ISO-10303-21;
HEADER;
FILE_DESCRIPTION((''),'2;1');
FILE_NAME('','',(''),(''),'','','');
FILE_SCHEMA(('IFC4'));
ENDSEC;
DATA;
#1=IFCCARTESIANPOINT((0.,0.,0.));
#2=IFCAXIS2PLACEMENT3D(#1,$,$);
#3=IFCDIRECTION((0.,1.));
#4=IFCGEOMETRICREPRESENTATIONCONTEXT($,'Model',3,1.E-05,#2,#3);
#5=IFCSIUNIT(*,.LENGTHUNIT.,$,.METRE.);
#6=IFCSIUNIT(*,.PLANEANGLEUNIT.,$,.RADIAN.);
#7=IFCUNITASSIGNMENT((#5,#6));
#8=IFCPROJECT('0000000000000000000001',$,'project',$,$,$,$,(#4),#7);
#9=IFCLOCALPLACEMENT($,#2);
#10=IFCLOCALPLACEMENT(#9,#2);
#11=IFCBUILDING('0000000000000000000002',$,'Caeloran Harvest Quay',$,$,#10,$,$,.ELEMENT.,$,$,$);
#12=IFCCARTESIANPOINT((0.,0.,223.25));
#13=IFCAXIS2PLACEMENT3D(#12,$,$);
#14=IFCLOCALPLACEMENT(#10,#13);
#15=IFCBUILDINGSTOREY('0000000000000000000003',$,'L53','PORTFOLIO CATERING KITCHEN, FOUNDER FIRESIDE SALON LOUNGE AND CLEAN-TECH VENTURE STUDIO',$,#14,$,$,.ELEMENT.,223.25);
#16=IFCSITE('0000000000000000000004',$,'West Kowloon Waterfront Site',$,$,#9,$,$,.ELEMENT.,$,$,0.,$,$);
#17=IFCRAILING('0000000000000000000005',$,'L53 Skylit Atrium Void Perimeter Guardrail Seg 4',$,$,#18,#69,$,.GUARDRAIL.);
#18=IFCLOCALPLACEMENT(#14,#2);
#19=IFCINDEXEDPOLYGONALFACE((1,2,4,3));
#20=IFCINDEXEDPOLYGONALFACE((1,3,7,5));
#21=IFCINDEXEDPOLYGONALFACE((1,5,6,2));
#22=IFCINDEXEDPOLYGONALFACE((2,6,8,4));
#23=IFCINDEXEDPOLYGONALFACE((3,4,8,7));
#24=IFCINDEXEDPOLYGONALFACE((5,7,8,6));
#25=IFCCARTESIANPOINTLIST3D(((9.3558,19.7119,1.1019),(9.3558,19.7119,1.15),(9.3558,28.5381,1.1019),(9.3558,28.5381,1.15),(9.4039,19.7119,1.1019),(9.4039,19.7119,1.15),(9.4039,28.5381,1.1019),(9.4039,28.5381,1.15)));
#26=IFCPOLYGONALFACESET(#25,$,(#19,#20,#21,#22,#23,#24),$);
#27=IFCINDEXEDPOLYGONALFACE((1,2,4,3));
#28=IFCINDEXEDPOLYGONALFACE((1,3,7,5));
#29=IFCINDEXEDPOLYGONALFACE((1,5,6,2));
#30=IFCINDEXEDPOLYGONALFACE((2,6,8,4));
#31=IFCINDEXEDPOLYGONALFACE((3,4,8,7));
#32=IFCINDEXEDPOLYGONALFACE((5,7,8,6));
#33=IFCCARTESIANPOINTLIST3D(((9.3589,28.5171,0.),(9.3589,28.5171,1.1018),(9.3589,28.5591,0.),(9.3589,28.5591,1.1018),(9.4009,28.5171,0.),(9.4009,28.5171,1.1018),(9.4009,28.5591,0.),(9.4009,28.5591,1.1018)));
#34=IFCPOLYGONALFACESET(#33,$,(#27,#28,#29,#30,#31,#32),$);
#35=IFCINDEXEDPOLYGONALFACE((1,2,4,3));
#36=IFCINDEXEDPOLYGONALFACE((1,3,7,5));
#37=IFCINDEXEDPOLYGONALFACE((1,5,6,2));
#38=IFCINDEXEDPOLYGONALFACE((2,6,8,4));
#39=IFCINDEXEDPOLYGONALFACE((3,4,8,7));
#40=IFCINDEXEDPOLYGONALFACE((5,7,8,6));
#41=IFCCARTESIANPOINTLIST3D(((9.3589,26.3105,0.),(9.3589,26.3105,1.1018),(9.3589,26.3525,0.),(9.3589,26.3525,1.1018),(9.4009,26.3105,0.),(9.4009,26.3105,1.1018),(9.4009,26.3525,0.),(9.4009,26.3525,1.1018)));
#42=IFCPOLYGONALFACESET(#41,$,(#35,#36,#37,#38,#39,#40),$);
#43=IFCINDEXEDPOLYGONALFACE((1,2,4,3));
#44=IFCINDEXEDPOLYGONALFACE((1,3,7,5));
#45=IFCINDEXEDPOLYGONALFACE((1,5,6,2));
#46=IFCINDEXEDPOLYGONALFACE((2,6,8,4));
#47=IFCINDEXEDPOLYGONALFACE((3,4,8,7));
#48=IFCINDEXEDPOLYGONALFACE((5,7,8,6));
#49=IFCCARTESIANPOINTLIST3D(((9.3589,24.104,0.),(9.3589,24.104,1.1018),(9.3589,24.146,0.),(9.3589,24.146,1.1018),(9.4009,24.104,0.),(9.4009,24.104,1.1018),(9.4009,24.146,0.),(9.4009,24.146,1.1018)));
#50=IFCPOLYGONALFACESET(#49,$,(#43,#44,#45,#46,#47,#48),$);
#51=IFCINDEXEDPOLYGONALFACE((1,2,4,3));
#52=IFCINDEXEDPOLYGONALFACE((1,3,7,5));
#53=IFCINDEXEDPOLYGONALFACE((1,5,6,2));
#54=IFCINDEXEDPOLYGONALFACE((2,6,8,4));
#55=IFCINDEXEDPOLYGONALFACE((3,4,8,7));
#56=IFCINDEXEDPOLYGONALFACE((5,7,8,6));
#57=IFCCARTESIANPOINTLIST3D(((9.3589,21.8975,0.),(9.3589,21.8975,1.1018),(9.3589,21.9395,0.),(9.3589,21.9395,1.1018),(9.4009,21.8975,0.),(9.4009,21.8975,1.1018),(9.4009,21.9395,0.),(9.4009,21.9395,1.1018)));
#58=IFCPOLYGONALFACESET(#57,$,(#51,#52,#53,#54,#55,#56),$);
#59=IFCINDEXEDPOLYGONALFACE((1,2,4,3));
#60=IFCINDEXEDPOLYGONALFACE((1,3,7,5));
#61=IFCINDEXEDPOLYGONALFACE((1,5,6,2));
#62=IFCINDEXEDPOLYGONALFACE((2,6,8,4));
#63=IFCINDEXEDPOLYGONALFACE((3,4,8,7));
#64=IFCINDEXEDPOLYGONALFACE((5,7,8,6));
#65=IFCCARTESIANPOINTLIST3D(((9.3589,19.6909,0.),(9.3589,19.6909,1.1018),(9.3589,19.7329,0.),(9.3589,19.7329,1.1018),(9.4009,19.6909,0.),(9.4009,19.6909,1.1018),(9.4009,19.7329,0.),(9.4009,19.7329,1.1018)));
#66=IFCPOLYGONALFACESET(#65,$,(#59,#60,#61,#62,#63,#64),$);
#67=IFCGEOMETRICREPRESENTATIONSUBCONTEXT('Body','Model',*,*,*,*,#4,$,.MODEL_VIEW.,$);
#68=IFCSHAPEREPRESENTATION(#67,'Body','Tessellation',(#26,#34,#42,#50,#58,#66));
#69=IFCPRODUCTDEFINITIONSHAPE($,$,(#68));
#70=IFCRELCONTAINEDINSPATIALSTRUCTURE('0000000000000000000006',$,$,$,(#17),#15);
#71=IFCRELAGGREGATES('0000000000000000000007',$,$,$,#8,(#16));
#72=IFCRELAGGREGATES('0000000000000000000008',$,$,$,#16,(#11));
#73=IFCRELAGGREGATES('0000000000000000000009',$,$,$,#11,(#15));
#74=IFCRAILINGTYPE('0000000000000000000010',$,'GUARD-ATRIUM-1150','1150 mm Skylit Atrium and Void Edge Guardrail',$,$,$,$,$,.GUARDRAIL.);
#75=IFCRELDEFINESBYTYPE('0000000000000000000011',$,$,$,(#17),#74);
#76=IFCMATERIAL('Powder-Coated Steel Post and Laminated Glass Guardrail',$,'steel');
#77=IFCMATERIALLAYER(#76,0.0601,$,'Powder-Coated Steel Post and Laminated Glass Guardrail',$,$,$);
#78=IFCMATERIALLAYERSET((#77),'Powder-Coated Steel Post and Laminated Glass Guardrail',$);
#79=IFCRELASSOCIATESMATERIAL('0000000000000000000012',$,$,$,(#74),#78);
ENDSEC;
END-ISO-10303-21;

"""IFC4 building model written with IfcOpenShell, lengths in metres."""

from ifc_helpers import new_model, si_unit, direction, frame, origin, origin_2d, place, context, subcontext, project, spatial, rectangle, extrude, material, layer, layer_set, type_object, element, save


model = new_model("IFC4")

# Units and contexts
model_context = context("Model", 3, precision=1e-05, world=origin(), true_north=direction((0.0, 1.0)))
body_context = subcontext(model_context, "Body", "Model", "MODEL_VIEW")
ifc_project = project(units=[si_unit("LENGTHUNIT", "METRE"), si_unit("PLANEANGLEUNIT", "RADIAN")], contexts=[model_context])

# Site, building, storey
site_placement = place(None, origin())
site = spatial("IfcSite", under=ifc_project, at=site_placement, Name="West Kowloon Waterfront Site", CompositionType="ELEMENT", RefElevation=0.0)
building_placement = place(site_placement, origin())
building = spatial("IfcBuilding", under=site, at=building_placement, Name="Caeloran Harvest Quay", CompositionType="ELEMENT")
storey_placement = place(building_placement, frame((0.0, 0.0, 223.25)))
storey = spatial("IfcBuildingStorey", under=building, at=storey_placement, Name="L53", Description="PORTFOLIO CATERING KITCHEN, FOUNDER FIRESIDE SALON LOUNGE AND CLEAN-TECH VENTURE STUDIO", CompositionType="ELEMENT", Elevation=223.25)

# Railing
ifc_material_1 = material(Name="Powder-Coated Steel Post and Laminated Glass Guardrail", Category="steel")
ifc_layer_1 = layer(ifc_material_1, 0.0601, Name="Powder-Coated Steel Post and Laminated Glass Guardrail")
ifc_layer_set_1 = layer_set([ifc_layer_1], Name="Powder-Coated Steel Post and Laminated Glass Guardrail")
railing_type = type_object("IfcRailingType", Name="GUARD-ATRIUM-1150", Description="1150 mm Skylit Atrium and Void Edge Guardrail", PredefinedType="GUARDRAIL", material=ifc_layer_set_1)
railing_1_placement = place(storey_placement, frame((9.3799, 28.5381, 0.0)))
element("IfcRailing", 1, at=railing_1_placement, inside=storey, type_object=railing_type, Name="L53 Skylit Atrium Void Perimeter Guardrail Seg 4", PredefinedType="GUARDRAIL", context=body_context, shape_type="SweptSolid", body=[
    extrude(rectangle(XDim=0.0481, YDim=0.0481, at=origin_2d()), frame((0.0, 0.0, 1.126), z_axis=(0.0, -1.0, 0.0), x_axis=(1.0, 0.0, 0.0)), (0.0, 0.0, 1.0), 8.8262),
    extrude(rectangle(XDim=0.042, YDim=0.042, at=origin_2d()), origin(), (0.0, 0.0, 1.0), 1.1018),
    extrude(rectangle(XDim=0.042, YDim=0.042, at=origin_2d()), frame((0.0, -2.2065, 0.0)), (0.0, 0.0, 1.0), 1.1018),
    extrude(rectangle(XDim=0.042, YDim=0.042, at=origin_2d()), frame((0.0, -4.4131, 0.0)), (0.0, 0.0, 1.0), 1.1018),
    extrude(rectangle(XDim=0.042, YDim=0.042, at=origin_2d()), frame((0.0, -6.6196, 0.0)), (0.0, 0.0, 1.0), 1.1018),
    extrude(rectangle(XDim=0.042, YDim=0.042, at=origin_2d()), frame((0.0, -8.8262, 0.0)), (0.0, 0.0, 1.0), 1.1018),
])

save(model, "model.ifc")
